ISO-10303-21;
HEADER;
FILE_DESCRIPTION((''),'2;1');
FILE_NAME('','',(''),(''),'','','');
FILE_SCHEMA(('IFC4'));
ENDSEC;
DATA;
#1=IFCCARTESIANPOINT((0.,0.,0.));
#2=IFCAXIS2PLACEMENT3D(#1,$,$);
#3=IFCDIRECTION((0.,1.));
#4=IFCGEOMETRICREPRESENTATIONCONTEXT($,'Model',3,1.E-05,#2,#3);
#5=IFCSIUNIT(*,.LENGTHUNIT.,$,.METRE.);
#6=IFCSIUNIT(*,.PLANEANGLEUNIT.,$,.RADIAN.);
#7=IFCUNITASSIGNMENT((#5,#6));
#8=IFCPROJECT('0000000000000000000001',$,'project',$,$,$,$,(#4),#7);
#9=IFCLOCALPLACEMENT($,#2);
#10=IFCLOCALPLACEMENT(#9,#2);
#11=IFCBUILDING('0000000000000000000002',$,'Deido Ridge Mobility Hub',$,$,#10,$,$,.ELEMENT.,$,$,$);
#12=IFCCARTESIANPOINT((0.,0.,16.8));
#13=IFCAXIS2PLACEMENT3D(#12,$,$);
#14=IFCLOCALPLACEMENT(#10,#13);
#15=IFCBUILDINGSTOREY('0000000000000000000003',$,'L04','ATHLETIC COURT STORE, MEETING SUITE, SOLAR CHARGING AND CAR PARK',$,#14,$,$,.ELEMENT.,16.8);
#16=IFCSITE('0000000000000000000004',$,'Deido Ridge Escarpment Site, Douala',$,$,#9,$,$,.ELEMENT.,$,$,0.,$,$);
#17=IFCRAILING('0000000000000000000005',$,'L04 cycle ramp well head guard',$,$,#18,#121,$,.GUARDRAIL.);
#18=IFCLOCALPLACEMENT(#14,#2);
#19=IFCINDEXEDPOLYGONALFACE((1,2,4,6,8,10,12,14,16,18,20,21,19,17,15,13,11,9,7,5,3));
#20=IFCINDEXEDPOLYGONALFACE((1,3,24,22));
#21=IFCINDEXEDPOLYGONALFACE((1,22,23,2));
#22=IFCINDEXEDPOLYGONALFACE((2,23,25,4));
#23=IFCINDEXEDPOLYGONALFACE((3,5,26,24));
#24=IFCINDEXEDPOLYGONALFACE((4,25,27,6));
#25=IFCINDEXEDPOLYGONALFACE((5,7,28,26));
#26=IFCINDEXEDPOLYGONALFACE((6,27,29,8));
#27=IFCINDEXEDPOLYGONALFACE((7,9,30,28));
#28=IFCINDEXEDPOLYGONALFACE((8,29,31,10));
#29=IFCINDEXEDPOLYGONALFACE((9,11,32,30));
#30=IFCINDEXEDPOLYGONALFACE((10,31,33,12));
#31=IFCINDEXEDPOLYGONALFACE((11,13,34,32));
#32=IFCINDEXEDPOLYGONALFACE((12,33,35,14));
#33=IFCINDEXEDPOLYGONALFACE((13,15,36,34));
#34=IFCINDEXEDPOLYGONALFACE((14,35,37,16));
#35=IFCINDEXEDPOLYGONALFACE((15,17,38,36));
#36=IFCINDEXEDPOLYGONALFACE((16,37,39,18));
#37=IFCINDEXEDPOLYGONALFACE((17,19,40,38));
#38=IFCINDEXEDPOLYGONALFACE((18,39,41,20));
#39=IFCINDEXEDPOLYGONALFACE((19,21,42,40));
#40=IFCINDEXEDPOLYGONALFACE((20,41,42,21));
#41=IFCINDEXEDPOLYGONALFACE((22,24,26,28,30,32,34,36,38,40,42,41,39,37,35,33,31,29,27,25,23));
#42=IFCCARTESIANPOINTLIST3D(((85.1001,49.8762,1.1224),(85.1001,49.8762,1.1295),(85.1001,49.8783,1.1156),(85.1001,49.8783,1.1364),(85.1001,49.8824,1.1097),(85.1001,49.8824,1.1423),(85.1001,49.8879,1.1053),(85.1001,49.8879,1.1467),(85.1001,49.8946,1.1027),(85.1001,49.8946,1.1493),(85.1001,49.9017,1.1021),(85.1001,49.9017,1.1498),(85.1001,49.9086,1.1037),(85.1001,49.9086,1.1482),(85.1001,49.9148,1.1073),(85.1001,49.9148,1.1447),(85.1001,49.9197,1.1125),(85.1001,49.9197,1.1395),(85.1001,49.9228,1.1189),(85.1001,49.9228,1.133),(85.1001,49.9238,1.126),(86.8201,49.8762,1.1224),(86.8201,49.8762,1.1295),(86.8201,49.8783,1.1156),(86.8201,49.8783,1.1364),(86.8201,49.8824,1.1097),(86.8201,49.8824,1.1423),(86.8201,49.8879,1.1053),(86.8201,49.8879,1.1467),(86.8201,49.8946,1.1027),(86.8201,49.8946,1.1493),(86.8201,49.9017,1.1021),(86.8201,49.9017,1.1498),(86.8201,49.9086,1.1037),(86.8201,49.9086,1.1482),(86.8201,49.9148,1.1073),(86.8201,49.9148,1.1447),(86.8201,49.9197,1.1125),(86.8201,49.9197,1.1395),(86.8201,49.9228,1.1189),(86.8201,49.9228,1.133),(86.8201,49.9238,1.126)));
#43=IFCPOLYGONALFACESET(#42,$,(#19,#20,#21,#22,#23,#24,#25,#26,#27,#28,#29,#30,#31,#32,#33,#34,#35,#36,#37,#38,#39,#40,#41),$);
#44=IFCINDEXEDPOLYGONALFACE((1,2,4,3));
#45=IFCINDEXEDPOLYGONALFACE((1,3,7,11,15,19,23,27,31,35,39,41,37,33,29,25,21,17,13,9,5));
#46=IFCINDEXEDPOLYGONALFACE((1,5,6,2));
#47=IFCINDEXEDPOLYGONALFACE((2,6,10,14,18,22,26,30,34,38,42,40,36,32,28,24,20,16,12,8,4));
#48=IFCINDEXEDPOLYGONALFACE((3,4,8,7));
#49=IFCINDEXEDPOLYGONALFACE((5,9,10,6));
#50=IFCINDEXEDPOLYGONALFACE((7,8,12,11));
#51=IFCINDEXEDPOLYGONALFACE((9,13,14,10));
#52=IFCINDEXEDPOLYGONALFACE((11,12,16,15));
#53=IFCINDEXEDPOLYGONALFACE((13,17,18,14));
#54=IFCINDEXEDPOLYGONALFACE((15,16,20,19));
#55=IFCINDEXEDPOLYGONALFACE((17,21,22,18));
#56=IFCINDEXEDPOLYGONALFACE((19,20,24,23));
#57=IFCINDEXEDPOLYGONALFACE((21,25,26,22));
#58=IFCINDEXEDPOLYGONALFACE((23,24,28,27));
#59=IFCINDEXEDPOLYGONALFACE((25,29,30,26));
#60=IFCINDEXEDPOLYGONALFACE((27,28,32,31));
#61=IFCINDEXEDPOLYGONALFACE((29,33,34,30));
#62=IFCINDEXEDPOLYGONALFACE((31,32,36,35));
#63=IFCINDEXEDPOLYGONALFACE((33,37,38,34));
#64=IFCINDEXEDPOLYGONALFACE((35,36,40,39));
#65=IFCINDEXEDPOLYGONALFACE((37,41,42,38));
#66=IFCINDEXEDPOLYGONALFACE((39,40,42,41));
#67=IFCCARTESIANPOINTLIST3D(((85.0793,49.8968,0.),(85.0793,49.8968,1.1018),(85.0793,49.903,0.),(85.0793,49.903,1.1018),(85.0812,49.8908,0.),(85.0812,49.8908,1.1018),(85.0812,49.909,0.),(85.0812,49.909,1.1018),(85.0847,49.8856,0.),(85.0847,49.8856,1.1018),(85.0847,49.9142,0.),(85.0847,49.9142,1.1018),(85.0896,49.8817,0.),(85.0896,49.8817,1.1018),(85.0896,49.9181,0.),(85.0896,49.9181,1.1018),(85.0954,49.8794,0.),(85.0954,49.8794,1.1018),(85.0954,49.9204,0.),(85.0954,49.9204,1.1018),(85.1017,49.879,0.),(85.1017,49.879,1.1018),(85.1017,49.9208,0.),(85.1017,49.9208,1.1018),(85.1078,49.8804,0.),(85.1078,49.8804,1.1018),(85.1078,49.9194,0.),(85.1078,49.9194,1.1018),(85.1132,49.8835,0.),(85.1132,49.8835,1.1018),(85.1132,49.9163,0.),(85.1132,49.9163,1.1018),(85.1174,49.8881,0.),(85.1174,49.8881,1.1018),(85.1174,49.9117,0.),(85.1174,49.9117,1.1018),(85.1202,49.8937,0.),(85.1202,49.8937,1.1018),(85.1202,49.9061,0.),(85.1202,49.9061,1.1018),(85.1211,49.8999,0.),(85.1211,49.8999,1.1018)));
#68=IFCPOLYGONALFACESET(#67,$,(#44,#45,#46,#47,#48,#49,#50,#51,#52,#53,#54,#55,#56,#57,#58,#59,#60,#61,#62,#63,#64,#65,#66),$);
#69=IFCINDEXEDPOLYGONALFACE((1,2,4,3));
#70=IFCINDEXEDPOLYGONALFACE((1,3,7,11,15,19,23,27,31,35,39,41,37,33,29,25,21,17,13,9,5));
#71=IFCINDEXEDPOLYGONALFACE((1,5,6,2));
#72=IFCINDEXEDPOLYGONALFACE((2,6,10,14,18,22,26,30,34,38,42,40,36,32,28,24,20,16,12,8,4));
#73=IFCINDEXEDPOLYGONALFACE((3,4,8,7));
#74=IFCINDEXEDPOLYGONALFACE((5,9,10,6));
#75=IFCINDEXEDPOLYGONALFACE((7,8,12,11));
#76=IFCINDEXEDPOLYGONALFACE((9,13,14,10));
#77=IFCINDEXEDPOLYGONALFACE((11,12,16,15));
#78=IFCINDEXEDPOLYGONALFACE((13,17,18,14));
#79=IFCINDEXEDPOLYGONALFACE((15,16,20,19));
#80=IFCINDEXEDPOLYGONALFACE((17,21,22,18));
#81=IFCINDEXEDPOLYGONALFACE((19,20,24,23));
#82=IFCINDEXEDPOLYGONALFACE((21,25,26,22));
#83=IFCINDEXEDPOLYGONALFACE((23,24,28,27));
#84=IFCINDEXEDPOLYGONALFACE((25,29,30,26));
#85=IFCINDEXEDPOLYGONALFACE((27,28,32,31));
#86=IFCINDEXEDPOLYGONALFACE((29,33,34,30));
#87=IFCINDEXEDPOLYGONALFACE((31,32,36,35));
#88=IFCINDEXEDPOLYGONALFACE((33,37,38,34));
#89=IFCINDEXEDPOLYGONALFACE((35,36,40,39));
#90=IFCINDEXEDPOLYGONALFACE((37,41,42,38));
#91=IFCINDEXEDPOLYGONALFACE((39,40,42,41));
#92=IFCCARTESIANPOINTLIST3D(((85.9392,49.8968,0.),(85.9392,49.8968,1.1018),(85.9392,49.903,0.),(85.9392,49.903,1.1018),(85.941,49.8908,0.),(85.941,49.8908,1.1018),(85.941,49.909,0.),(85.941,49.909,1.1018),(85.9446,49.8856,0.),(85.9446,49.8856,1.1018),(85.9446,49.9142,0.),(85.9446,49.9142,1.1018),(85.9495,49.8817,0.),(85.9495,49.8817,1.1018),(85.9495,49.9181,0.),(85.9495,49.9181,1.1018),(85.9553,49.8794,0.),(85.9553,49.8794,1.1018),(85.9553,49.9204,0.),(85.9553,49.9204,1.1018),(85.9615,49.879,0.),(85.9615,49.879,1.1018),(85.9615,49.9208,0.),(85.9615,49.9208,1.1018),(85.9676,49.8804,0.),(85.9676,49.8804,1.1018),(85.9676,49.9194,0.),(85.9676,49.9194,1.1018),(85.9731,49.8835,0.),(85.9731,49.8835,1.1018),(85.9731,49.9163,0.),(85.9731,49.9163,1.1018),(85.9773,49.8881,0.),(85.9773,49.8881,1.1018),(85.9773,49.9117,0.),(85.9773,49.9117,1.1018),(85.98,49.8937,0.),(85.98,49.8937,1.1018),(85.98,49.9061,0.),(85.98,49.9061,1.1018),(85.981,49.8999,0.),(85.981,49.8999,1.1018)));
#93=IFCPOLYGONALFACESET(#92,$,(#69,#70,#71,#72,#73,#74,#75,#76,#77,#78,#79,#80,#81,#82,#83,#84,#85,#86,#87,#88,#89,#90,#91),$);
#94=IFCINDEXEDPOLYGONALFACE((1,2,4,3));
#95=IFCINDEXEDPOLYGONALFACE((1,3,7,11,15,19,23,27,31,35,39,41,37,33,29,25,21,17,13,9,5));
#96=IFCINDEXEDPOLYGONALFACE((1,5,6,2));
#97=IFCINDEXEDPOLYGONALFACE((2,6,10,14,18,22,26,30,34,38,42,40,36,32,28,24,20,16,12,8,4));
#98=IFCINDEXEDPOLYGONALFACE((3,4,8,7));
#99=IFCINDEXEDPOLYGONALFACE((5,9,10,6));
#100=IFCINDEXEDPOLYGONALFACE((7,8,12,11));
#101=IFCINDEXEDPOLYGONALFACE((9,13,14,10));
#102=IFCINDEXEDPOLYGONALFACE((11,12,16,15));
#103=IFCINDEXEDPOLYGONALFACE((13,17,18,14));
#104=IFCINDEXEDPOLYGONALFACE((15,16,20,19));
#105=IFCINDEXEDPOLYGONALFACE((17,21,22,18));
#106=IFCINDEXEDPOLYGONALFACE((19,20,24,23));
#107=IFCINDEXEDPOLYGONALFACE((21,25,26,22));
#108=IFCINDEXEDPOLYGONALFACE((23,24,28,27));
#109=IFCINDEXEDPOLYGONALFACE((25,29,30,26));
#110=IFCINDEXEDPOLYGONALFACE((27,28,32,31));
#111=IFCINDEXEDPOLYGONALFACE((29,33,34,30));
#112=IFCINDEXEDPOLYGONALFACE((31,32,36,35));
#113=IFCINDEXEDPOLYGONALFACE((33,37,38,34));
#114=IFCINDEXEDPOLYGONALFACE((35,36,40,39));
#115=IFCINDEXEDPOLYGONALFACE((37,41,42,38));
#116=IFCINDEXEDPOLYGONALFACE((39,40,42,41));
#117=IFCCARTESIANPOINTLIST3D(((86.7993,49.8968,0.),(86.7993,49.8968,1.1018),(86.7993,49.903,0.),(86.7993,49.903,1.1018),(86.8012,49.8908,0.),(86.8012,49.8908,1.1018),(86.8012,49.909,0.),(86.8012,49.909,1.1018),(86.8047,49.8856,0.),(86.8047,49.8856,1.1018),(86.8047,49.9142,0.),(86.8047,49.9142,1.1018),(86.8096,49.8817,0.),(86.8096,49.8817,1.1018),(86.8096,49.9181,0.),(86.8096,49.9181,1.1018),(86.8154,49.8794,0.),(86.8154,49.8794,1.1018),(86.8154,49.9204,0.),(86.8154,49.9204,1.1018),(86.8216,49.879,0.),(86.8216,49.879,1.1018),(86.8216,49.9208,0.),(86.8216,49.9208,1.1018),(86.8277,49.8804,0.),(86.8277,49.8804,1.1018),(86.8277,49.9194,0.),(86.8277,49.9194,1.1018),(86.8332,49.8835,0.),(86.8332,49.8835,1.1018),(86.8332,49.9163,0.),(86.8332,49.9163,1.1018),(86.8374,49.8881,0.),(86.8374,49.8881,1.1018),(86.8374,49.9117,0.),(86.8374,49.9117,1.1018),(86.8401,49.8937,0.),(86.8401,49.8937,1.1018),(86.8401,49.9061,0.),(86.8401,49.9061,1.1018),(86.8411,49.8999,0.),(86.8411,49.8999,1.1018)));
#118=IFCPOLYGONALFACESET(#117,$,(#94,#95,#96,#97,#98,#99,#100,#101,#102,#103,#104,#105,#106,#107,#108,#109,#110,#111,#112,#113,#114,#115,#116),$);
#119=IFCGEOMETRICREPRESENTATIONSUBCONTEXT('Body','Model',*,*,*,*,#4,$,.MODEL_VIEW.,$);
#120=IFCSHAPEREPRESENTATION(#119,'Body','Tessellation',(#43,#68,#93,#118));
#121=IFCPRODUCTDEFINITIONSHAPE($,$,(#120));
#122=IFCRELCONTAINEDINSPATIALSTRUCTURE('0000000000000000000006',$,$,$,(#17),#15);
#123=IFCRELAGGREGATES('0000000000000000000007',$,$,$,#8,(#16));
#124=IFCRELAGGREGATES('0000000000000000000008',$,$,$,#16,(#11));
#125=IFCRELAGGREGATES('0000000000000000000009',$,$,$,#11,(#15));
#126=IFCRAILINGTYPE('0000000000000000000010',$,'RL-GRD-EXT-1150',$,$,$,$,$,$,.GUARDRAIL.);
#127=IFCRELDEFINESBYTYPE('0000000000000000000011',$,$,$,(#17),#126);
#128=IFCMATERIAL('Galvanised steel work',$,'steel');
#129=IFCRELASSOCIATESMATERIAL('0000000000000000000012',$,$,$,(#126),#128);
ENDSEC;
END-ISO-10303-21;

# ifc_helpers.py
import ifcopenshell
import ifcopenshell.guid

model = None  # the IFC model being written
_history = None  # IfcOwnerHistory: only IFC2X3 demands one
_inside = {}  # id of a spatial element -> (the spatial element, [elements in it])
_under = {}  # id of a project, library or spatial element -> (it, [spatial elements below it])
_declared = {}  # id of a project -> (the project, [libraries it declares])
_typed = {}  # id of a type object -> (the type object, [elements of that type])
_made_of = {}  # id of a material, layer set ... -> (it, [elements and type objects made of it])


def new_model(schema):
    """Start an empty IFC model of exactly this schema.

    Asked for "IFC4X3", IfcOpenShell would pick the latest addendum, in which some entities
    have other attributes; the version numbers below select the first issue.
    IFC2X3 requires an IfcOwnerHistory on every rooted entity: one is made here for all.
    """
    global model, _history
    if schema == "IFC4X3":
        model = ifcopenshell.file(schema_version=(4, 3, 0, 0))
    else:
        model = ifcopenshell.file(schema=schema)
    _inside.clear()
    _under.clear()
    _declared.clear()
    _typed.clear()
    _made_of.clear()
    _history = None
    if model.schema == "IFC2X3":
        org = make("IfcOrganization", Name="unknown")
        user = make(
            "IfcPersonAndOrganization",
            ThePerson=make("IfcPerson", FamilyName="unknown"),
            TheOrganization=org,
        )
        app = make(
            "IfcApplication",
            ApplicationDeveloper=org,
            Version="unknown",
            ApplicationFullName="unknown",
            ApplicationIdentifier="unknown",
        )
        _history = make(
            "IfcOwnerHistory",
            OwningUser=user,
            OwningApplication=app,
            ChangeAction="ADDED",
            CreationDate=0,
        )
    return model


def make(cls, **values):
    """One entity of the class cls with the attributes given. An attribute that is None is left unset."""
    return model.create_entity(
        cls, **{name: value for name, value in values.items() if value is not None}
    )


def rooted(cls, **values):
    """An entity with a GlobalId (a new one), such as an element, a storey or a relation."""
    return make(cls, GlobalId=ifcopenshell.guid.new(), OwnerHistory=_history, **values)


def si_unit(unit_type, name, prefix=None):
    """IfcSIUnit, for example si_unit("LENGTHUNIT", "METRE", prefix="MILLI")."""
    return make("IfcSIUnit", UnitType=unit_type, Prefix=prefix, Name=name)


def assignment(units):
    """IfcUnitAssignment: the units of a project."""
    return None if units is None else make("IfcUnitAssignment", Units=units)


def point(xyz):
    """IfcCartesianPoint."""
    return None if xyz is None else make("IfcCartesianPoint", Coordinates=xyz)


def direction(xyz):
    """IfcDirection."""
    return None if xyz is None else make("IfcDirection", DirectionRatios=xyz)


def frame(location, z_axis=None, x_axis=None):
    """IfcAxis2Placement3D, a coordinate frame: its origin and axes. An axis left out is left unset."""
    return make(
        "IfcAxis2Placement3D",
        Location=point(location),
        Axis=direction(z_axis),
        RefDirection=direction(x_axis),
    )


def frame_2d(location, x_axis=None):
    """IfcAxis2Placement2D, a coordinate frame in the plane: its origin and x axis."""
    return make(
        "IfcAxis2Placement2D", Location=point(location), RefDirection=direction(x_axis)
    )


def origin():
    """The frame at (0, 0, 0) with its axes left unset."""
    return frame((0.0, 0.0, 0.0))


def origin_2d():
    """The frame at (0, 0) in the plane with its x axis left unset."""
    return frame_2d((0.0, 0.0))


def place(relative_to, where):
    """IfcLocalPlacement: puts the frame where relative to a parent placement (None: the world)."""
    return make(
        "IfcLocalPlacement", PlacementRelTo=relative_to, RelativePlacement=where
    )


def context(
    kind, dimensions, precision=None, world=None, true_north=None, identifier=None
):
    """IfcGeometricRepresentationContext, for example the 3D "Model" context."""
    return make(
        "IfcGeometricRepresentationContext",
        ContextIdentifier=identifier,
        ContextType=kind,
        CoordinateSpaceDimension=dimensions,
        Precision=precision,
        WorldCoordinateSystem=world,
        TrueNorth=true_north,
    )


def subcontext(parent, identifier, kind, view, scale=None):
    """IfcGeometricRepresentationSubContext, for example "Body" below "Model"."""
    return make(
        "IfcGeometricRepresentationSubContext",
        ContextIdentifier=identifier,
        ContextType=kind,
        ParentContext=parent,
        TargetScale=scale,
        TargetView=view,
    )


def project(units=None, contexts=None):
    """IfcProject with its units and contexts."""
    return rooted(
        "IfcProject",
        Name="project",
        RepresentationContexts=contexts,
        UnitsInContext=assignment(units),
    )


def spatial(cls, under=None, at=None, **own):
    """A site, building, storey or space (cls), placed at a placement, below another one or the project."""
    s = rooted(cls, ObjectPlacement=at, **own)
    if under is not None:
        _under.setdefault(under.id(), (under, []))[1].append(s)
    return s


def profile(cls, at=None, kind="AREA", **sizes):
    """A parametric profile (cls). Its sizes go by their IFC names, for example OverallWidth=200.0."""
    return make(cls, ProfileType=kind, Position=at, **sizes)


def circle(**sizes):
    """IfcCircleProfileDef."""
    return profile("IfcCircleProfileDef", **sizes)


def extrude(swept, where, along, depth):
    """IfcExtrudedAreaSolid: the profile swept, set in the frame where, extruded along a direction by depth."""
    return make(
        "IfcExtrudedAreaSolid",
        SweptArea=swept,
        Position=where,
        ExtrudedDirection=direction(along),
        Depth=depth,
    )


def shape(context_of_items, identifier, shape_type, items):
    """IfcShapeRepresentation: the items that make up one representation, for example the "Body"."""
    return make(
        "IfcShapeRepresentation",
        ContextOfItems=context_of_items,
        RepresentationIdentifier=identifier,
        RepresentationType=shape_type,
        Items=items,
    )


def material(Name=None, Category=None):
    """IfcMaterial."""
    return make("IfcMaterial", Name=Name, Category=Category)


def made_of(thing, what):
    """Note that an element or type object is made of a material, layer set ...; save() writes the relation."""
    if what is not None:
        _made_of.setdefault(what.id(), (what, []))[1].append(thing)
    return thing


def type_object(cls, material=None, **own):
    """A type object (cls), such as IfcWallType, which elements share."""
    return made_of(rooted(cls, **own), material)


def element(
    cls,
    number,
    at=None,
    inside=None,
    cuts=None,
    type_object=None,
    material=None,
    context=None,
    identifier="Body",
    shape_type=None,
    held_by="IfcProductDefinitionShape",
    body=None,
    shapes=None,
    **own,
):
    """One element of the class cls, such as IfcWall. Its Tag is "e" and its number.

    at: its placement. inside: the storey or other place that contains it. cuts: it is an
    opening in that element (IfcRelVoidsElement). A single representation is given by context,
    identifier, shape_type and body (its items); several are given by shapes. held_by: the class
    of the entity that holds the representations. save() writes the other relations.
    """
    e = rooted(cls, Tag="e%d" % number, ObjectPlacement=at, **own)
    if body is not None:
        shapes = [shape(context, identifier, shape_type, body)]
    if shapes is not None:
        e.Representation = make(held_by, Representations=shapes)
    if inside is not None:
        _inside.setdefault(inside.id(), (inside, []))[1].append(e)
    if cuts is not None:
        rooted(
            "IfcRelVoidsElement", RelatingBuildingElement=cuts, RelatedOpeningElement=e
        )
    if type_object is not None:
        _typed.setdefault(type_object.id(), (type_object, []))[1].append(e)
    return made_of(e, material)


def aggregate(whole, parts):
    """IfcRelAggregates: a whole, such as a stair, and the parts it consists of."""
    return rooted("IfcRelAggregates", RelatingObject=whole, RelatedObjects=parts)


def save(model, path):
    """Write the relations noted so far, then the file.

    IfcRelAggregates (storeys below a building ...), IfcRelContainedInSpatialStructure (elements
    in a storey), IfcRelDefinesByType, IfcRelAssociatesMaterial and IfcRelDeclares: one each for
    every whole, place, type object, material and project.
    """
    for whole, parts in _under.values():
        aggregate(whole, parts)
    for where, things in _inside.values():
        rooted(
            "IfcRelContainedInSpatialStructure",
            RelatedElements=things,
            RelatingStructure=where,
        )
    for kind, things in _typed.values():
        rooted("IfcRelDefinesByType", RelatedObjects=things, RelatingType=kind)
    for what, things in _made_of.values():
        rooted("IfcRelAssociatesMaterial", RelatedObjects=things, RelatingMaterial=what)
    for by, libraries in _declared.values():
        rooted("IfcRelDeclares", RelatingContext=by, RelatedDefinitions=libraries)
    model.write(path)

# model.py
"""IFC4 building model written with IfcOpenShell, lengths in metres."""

from ifc_helpers import new_model, si_unit, direction, frame, origin, origin_2d, place, context, subcontext, project, spatial, circle, extrude, material, type_object, element, save


model = new_model("IFC4")

# Units and contexts
model_context = context("Model", 3, precision=1e-05, world=origin(), true_north=direction((0.0, 1.0)))
body_context = subcontext(model_context, "Body", "Model", "MODEL_VIEW")
ifc_project = project(units=[si_unit("LENGTHUNIT", "METRE"), si_unit("PLANEANGLEUNIT", "RADIAN")], contexts=[model_context])

# Site, building, storey
site_placement = place(None, origin())
site = spatial("IfcSite", under=ifc_project, at=site_placement, Name="Deido Ridge Escarpment Site, Douala", CompositionType="ELEMENT", RefElevation=0.0)
building_placement = place(site_placement, origin())
building = spatial("IfcBuilding", under=site, at=building_placement, Name="Deido Ridge Mobility Hub", CompositionType="ELEMENT")
storey_placement = place(building_placement, frame((0.0, 0.0, 16.8)))
storey = spatial("IfcBuildingStorey", under=building, at=storey_placement, Name="L04", Description="ATHLETIC COURT STORE, MEETING SUITE, SOLAR CHARGING AND CAR PARK", CompositionType="ELEMENT", Elevation=16.8)

# Railing
ifc_material_1 = material(Name="Galvanised steel work", Category="steel")
railing_type = type_object("IfcRailingType", Name="RL-GRD-EXT-1150", PredefinedType="GUARDRAIL", material=ifc_material_1)
railing_1_placement = place(storey_placement, frame((85.1001, 49.8999, 0.0)))
element("IfcRailing", 1, at=railing_1_placement, inside=storey, type_object=railing_type, Name="L04 cycle ramp well head guard", PredefinedType="GUARDRAIL", context=body_context, shape_type="SweptSolid", body=[
    extrude(circle(Radius=0.0239, at=origin_2d()), frame((0.0, 0.0, 1.126), z_axis=(1.0, 0.0, 0.0), x_axis=(0.0, 1.0, 0.0)), (0.0, 0.0, 1.0), 1.72),
    extrude(circle(Radius=0.021, at=origin_2d()), origin(), (0.0, 0.0, 1.0), 1.1018),
    extrude(circle(Radius=0.021, at=origin_2d()), frame((0.8599, 0.0, 0.0)), (0.0, 0.0, 1.0), 1.1018),
    extrude(circle(Radius=0.021, at=origin_2d()), frame((1.72, 0.0, 0.0)), (0.0, 0.0, 1.0), 1.1018),
])

save(model, "model.ifc")
